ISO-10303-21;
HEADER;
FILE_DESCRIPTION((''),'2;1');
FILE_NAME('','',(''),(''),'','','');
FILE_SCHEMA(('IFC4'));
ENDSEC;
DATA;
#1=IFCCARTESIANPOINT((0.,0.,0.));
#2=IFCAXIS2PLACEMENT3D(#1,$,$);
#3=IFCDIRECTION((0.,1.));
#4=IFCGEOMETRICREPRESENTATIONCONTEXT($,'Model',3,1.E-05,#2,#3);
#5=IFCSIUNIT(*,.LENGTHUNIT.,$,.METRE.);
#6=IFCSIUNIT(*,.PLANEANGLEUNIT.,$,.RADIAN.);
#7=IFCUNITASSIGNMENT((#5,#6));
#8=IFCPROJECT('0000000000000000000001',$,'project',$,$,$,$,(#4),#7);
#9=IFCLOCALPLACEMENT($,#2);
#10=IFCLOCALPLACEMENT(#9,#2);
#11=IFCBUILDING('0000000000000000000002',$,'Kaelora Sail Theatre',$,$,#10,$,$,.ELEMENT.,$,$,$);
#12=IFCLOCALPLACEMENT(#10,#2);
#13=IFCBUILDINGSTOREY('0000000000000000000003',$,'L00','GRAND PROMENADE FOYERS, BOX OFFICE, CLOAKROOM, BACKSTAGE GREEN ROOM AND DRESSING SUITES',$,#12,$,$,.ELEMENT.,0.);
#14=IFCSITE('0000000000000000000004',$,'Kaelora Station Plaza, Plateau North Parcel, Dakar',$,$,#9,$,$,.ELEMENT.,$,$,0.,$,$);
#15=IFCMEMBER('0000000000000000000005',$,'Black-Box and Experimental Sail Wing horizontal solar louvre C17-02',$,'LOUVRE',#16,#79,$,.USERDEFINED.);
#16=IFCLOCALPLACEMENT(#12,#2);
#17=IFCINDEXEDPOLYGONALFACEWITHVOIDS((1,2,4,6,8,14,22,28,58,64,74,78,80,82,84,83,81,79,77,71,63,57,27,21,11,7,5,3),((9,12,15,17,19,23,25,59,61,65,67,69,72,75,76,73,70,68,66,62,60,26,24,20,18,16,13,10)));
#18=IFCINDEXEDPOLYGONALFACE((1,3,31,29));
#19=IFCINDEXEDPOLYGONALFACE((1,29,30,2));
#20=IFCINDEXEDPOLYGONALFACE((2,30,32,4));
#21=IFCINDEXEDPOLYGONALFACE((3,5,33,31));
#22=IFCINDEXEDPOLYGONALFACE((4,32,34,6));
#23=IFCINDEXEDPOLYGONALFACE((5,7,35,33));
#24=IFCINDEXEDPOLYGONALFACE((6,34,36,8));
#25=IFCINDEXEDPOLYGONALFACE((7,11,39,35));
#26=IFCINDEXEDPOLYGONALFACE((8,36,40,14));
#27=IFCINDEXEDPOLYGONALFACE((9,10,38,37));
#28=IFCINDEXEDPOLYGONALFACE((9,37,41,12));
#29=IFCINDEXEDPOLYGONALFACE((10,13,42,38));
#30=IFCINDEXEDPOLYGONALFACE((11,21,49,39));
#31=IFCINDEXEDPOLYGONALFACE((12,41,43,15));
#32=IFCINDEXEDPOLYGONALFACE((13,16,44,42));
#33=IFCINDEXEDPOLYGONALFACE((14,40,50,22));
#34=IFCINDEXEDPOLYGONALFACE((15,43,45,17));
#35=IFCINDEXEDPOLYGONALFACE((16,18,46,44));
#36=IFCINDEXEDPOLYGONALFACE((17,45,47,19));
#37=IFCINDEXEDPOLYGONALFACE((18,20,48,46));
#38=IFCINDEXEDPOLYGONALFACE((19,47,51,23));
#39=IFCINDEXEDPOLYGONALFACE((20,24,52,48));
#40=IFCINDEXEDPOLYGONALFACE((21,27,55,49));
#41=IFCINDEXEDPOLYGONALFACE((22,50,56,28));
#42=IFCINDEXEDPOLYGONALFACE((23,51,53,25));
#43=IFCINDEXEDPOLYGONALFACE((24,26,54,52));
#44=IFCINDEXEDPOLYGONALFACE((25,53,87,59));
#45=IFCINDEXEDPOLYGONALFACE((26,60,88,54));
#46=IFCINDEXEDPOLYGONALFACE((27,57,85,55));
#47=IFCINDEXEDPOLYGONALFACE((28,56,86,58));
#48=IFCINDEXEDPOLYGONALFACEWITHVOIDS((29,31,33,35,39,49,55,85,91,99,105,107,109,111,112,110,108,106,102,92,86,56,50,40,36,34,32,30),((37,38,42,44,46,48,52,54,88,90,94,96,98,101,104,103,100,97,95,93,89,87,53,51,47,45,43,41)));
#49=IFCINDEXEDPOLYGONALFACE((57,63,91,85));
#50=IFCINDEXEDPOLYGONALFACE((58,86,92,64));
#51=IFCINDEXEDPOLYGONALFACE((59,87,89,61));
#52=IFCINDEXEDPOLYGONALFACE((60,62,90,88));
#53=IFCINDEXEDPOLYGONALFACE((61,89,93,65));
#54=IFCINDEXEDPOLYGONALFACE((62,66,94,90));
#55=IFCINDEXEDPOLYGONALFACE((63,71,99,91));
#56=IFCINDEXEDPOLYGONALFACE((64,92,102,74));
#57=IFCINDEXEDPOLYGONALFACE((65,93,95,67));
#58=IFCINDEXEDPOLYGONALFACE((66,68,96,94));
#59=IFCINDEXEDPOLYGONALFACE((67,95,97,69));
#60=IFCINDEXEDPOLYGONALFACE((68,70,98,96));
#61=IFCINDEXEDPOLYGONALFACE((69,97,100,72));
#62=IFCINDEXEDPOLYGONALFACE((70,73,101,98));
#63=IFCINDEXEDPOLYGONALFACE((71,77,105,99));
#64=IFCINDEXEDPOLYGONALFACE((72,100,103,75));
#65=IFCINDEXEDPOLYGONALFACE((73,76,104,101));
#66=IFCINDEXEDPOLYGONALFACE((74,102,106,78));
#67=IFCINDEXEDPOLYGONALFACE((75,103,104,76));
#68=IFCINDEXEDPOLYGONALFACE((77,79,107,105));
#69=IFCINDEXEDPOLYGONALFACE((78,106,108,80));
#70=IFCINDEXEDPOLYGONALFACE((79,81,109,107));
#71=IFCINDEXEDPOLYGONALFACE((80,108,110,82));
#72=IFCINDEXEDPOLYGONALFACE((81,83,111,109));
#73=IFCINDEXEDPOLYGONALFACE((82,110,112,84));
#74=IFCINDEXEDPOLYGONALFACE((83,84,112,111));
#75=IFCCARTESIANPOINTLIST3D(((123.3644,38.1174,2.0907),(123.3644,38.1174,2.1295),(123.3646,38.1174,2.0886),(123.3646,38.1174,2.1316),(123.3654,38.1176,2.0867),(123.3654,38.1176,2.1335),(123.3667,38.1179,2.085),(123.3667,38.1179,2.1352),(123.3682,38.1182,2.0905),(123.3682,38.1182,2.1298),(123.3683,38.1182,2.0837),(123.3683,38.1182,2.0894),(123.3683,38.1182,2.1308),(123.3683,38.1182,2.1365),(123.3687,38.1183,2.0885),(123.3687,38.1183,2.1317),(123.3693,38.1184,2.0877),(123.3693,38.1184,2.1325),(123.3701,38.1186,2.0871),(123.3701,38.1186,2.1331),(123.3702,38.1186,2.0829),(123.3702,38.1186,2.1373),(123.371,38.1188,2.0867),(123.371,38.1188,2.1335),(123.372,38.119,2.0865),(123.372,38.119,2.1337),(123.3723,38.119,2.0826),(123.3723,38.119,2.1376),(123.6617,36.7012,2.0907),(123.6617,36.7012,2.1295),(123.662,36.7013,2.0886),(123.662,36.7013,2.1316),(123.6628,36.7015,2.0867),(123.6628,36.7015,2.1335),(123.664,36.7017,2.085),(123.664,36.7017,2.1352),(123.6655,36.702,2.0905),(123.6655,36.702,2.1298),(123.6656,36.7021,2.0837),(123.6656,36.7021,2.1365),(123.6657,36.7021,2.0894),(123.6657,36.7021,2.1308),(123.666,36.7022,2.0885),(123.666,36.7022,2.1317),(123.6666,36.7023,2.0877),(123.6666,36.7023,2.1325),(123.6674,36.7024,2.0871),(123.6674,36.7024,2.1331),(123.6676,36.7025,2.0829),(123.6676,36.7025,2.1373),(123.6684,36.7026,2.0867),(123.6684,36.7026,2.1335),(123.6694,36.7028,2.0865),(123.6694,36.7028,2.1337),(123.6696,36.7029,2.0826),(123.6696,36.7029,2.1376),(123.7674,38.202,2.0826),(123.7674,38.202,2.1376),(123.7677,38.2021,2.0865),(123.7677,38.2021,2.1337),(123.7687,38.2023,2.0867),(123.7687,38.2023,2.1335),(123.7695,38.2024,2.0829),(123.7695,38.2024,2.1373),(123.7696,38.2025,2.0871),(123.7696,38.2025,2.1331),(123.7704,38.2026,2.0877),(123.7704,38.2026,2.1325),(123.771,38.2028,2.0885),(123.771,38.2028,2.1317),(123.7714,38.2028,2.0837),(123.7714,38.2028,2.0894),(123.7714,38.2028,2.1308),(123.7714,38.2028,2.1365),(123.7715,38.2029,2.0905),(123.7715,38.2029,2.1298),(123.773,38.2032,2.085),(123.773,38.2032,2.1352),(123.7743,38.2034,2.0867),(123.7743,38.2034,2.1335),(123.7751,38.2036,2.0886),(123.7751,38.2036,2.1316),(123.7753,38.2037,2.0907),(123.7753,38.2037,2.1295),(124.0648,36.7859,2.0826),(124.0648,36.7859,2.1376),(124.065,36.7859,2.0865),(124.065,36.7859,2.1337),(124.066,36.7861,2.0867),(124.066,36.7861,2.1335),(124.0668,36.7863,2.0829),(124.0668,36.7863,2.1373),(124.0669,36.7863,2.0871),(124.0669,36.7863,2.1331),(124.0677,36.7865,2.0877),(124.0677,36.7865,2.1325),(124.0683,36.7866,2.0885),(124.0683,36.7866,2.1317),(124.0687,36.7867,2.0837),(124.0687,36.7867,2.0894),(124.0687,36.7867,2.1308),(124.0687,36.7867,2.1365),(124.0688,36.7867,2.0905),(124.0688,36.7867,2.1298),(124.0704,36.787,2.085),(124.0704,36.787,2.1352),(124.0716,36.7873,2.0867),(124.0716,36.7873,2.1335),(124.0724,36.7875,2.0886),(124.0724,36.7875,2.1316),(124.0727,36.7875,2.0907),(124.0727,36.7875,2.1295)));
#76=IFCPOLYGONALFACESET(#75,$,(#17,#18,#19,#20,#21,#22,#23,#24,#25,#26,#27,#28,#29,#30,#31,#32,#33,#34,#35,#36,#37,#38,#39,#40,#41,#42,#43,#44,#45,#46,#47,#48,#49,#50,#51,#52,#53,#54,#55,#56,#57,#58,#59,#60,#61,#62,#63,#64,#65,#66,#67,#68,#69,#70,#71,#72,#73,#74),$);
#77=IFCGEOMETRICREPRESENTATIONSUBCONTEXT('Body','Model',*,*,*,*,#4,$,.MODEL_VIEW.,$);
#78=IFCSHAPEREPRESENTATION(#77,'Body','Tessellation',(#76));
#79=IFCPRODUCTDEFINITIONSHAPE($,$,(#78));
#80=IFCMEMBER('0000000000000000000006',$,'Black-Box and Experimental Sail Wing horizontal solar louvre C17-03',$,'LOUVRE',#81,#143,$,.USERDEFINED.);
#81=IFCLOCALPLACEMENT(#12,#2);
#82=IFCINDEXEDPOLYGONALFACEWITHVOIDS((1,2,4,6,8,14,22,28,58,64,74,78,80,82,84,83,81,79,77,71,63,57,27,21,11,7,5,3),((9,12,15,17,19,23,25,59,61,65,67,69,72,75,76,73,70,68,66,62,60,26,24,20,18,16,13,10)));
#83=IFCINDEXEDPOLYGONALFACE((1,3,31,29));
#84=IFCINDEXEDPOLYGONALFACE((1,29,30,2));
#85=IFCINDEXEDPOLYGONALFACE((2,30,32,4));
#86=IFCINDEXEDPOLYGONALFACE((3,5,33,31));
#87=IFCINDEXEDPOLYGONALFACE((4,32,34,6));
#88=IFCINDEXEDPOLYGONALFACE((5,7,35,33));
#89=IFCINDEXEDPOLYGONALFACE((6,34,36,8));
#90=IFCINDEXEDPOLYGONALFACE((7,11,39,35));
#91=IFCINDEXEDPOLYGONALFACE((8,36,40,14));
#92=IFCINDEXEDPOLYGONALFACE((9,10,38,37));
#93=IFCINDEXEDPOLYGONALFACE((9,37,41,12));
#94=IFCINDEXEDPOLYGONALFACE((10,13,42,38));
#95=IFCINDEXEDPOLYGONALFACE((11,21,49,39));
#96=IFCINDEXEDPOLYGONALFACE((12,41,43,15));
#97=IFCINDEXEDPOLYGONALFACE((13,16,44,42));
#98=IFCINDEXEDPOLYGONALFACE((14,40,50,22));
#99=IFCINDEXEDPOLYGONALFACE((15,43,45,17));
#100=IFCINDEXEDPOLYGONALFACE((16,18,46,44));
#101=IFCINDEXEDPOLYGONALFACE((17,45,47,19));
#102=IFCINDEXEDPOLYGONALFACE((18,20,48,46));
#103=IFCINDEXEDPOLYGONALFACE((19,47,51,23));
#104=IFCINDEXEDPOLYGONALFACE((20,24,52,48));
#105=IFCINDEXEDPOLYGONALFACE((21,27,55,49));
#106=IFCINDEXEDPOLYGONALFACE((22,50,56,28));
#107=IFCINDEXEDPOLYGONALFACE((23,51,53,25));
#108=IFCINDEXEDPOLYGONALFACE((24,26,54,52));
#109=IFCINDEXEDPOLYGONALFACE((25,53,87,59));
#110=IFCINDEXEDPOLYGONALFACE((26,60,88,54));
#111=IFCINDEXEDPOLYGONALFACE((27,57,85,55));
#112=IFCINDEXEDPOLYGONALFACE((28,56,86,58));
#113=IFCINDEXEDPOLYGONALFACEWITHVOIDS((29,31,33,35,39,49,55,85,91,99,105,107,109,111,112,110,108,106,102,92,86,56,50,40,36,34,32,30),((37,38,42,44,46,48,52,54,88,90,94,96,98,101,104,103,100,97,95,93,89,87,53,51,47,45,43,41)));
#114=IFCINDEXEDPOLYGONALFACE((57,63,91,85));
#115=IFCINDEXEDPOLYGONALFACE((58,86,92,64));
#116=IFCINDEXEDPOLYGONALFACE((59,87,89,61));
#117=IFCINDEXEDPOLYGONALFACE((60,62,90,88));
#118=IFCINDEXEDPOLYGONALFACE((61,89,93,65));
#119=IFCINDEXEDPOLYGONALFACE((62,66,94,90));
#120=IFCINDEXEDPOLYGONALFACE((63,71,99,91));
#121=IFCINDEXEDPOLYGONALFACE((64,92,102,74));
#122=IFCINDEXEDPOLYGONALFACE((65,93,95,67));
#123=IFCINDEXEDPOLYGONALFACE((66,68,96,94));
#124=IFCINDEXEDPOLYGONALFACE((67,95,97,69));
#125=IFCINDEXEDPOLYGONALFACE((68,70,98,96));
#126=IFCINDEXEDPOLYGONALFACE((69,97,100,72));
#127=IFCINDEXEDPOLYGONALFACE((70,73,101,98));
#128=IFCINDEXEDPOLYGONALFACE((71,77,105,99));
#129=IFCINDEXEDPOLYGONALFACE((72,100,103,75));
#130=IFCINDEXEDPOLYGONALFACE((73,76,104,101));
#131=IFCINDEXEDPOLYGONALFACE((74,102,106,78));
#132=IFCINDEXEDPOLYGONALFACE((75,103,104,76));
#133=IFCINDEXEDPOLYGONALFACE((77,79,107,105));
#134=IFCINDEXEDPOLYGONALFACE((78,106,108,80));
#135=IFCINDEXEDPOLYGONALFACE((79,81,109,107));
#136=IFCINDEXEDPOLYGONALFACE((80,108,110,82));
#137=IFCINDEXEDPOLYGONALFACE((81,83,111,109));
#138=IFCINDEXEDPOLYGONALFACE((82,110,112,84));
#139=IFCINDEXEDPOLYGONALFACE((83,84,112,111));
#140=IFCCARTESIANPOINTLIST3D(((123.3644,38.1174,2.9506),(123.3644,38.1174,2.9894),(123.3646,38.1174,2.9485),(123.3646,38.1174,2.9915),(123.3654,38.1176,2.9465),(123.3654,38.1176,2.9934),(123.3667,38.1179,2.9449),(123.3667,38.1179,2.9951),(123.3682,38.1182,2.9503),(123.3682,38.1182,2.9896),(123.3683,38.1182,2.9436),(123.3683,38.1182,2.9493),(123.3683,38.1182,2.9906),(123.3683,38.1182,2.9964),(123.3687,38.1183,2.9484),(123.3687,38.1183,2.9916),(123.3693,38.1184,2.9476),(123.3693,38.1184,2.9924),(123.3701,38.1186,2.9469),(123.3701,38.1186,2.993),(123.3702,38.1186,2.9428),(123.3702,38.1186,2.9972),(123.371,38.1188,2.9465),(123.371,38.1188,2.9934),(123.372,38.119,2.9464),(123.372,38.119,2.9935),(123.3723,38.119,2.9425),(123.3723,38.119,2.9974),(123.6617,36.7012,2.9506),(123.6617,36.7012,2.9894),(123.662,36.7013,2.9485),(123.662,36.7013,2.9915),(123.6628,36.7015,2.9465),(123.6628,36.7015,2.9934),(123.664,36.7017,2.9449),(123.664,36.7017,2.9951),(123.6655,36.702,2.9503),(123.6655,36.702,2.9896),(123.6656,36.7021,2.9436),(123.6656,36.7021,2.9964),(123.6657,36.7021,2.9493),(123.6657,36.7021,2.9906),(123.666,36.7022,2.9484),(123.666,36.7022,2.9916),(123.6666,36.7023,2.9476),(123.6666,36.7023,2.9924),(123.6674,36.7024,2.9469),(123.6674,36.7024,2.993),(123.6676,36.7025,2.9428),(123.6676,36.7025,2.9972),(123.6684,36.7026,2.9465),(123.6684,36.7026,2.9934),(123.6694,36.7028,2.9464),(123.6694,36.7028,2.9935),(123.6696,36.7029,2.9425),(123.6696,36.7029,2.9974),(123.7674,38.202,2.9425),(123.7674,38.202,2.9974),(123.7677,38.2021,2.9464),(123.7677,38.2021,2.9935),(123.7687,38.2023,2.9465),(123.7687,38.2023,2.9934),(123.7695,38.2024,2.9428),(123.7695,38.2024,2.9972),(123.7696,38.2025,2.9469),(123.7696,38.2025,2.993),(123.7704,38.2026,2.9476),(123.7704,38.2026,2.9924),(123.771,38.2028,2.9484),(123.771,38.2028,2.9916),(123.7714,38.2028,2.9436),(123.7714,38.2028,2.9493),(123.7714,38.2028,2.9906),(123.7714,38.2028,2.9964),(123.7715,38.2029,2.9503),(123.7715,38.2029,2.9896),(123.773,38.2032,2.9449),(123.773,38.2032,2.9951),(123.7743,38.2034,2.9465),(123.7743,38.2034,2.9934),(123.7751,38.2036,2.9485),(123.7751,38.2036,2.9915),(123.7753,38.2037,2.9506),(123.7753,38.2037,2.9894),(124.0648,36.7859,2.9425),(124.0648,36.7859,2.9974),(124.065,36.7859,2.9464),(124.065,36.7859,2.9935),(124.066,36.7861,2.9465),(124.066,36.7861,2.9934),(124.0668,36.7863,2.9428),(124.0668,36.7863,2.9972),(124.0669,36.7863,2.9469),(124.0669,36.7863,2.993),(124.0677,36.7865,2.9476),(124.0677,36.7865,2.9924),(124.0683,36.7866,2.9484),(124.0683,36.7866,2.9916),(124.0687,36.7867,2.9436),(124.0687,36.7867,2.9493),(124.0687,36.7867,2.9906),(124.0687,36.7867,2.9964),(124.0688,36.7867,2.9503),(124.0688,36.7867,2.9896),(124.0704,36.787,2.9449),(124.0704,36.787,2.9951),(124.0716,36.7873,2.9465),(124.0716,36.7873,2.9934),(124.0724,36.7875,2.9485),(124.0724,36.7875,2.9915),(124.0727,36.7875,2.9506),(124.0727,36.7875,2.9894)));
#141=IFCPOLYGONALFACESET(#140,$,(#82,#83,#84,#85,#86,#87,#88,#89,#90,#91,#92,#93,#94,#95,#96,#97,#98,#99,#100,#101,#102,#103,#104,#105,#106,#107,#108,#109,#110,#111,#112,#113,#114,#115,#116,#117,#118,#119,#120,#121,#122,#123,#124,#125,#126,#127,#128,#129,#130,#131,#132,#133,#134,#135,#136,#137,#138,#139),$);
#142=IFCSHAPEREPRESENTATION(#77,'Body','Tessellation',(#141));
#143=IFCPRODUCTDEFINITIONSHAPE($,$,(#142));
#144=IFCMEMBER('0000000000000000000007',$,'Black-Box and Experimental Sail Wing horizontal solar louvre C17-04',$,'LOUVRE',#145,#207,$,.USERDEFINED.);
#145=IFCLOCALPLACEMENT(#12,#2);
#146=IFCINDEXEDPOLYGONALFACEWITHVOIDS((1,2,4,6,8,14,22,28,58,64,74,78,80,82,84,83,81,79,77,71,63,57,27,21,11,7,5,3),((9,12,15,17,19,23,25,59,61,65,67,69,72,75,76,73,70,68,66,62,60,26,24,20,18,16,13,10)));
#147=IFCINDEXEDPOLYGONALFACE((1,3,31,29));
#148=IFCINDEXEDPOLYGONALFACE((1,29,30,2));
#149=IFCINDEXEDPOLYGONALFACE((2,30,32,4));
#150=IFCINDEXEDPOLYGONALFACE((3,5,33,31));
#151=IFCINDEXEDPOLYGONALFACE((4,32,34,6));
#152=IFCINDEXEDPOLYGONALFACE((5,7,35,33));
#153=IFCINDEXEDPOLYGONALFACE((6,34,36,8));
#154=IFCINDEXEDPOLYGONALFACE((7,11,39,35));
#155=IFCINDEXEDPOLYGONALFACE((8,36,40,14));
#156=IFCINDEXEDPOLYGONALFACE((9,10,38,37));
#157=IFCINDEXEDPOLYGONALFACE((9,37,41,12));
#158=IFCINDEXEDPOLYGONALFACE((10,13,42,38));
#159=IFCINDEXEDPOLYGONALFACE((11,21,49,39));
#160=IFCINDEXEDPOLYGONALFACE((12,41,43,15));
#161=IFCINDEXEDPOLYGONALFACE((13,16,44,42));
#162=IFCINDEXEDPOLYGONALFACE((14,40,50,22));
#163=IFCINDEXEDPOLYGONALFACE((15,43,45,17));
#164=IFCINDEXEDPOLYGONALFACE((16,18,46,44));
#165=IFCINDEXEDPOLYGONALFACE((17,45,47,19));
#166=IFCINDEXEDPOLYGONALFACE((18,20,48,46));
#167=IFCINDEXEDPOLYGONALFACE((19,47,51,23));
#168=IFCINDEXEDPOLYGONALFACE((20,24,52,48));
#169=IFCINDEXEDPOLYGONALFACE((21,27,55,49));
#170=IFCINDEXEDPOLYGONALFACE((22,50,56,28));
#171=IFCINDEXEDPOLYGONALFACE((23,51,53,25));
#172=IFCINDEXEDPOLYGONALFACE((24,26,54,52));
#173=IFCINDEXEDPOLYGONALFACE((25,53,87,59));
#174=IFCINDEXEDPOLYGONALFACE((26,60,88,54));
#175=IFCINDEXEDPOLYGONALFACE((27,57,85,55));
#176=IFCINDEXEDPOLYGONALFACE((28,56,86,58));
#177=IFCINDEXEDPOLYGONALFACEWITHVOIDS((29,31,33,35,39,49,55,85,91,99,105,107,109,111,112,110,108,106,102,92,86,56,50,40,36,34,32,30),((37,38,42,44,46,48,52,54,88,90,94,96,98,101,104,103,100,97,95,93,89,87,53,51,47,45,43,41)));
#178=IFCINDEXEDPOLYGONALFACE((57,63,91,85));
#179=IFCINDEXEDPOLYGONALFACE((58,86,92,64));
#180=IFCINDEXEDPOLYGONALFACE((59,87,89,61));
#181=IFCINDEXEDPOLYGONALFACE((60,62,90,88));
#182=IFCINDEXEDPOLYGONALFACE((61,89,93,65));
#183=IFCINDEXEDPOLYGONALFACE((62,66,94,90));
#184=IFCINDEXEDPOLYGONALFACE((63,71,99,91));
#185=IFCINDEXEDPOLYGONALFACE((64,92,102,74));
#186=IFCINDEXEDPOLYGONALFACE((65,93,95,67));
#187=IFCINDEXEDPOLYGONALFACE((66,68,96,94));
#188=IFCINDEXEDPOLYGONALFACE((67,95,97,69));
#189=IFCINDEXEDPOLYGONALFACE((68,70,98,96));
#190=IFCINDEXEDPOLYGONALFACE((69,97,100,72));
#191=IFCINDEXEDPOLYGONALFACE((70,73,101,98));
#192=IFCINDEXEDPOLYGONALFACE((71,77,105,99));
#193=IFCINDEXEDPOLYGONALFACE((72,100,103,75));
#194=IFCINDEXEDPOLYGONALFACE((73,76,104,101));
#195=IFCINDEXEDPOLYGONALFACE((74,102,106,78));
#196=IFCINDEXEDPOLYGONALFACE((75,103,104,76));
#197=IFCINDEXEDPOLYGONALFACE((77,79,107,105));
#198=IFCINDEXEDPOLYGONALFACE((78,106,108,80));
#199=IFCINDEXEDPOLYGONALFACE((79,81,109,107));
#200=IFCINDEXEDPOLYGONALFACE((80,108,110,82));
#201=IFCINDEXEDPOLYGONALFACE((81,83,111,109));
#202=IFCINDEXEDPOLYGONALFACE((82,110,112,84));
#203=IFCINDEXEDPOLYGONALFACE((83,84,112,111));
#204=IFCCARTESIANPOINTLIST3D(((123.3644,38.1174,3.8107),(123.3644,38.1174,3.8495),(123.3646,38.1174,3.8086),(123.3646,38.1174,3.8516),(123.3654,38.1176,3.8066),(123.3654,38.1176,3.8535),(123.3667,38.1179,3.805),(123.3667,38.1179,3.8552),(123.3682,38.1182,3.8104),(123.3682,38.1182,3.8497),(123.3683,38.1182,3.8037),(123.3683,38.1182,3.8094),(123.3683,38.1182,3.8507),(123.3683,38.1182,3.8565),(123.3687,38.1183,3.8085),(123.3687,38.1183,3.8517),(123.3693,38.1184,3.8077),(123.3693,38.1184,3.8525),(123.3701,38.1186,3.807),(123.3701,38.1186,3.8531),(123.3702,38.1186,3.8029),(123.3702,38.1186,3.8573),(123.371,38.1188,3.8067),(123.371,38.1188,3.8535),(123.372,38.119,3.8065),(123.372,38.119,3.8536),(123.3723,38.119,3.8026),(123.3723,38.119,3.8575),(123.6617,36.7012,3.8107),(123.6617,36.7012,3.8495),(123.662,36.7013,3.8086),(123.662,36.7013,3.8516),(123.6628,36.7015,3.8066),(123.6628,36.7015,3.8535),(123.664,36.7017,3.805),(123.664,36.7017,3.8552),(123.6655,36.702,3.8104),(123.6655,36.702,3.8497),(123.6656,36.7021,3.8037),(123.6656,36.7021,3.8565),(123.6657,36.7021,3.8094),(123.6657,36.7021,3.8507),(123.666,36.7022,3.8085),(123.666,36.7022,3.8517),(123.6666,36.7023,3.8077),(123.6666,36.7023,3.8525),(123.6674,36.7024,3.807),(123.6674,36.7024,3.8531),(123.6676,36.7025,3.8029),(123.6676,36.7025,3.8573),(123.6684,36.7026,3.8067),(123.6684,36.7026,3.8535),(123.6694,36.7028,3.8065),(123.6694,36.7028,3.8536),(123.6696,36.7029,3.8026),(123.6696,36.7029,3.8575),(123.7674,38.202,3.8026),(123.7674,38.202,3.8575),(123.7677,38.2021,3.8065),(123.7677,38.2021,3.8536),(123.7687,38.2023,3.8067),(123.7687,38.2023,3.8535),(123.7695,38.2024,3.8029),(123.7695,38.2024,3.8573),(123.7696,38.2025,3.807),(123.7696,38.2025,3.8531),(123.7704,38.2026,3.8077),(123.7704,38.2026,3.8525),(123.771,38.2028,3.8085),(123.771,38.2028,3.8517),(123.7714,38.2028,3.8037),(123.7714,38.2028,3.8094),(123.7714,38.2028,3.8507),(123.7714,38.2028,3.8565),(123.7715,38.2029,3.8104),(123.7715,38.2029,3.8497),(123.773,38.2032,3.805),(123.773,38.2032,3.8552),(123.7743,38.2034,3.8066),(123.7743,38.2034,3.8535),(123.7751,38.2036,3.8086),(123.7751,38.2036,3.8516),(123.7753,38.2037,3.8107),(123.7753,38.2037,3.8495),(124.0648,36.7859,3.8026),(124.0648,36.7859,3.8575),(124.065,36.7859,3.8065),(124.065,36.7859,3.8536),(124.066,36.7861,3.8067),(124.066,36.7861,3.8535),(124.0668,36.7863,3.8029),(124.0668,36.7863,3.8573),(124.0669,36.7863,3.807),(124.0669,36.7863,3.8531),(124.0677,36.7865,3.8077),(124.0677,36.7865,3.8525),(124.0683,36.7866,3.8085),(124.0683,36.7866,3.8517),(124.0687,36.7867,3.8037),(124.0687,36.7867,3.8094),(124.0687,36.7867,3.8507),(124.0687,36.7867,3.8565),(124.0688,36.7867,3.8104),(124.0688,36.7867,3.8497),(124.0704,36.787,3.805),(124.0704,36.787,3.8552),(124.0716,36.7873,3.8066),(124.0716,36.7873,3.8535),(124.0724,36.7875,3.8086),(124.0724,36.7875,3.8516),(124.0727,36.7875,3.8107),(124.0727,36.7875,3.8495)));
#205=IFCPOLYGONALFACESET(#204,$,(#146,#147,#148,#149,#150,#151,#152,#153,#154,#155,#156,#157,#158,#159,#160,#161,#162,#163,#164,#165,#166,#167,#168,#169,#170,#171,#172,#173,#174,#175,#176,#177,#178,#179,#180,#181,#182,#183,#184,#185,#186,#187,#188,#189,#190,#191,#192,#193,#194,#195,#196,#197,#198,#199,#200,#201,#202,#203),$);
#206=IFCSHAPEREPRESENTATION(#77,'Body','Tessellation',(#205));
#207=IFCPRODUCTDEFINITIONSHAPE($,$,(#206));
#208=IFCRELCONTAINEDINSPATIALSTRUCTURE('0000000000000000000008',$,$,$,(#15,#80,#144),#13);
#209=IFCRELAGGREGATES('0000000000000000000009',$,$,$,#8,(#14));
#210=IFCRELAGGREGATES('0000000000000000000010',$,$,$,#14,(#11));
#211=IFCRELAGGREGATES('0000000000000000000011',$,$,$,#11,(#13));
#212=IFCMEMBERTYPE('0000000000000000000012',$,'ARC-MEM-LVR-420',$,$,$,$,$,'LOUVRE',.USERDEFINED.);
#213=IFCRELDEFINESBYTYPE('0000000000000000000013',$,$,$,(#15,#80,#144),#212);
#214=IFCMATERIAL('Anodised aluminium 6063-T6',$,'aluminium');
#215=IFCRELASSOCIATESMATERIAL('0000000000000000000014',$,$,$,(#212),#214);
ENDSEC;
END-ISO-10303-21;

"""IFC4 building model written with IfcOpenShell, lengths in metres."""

from ifc_helpers import new_model, si_unit, direction, frame, origin, origin_2d, place, context, subcontext, project, spatial, hollow_rectangle, extrude, material, material_profile, profile_set, type_object, element, save


model = new_model("IFC4")

# Units and contexts
model_context = context("Model", 3, precision=1e-05, world=origin(), true_north=direction((0.0, 1.0)))
body_context = subcontext(model_context, "Body", "Model", "MODEL_VIEW")
ifc_project = project(units=[si_unit("LENGTHUNIT", "METRE"), si_unit("PLANEANGLEUNIT", "RADIAN")], contexts=[model_context])

# Site, building, storey
site_placement = place(None, origin())
site = spatial("IfcSite", under=ifc_project, at=site_placement, Name="Kaelora Station Plaza, Plateau North Parcel, Dakar", CompositionType="ELEMENT", RefElevation=0.0)
building_placement = place(site_placement, origin())
building = spatial("IfcBuilding", under=site, at=building_placement, Name="Kaelora Sail Theatre", CompositionType="ELEMENT")
storey_placement = place(building_placement, origin())
storey = spatial("IfcBuildingStorey", under=building, at=storey_placement, Name="L00", Description="GRAND PROMENADE FOYERS, BOX OFFICE, CLOAKROOM, BACKSTAGE GREEN ROOM AND DRESSING SUITES", CompositionType="ELEMENT", Elevation=0.0)

# Members
ifc_material_1 = material(Name="Anodised aluminium 6063-T6", Category="aluminium")
ifc_material_profile_1 = material_profile(ifc_material_1, hollow_rectangle(XDim=0.4199, YDim=0.0549, WallThickness=0.0039, InnerFilletRadius=0.0039, OuterFilletRadius=0.0081, at=origin_2d()), Name="LOUVRE 420x55x4")
ifc_profile_set_1 = profile_set([ifc_material_profile_1], Name="Anodised aluminium 6063-T6")
member_type_1 = type_object("IfcMemberType", Name="ARC-MEM-LVR-420", ElementType="LOUVRE", PredefinedType="USERDEFINED", material=ifc_profile_set_1)
for number, where, z_axis, x_axis, name in (
    (1, (123.8672, 36.7444, 2.1101), (-0.205483, 0.978661, 0.0), (-0.978661, -0.205483, 0.0), "Black-Box and Experimental Sail Wing horizontal solar louvre C17-02"),
    (2, (123.8672, 36.7444, 2.97), (-0.205483, 0.978661, 0.0), (-0.978661, -0.205483, 0.0), "Black-Box and Experimental Sail Wing horizontal solar louvre C17-03"),
    (3, (123.8672, 36.7444, 3.8301), (-0.205483, 0.978661, 0.0), (-0.978661, -0.205483, 0.0), "Black-Box and Experimental Sail Wing horizontal solar louvre C17-04"),
):
    element("IfcMember", number, at=place(storey_placement, frame(where, z_axis=z_axis, x_axis=x_axis)), inside=storey, type_object=member_type_1, Name=name, ObjectType="LOUVRE", PredefinedType="USERDEFINED", context=body_context, shape_type="SweptSolid", body=[
        extrude(hollow_rectangle(XDim=0.4199, YDim=0.0549, WallThickness=0.0039, InnerFilletRadius=0.0039, OuterFilletRadius=0.0081, at=origin_2d()), origin(), (0.0, 0.0, 1.0), 1.447),
    ])

save(model, "model.ifc")
